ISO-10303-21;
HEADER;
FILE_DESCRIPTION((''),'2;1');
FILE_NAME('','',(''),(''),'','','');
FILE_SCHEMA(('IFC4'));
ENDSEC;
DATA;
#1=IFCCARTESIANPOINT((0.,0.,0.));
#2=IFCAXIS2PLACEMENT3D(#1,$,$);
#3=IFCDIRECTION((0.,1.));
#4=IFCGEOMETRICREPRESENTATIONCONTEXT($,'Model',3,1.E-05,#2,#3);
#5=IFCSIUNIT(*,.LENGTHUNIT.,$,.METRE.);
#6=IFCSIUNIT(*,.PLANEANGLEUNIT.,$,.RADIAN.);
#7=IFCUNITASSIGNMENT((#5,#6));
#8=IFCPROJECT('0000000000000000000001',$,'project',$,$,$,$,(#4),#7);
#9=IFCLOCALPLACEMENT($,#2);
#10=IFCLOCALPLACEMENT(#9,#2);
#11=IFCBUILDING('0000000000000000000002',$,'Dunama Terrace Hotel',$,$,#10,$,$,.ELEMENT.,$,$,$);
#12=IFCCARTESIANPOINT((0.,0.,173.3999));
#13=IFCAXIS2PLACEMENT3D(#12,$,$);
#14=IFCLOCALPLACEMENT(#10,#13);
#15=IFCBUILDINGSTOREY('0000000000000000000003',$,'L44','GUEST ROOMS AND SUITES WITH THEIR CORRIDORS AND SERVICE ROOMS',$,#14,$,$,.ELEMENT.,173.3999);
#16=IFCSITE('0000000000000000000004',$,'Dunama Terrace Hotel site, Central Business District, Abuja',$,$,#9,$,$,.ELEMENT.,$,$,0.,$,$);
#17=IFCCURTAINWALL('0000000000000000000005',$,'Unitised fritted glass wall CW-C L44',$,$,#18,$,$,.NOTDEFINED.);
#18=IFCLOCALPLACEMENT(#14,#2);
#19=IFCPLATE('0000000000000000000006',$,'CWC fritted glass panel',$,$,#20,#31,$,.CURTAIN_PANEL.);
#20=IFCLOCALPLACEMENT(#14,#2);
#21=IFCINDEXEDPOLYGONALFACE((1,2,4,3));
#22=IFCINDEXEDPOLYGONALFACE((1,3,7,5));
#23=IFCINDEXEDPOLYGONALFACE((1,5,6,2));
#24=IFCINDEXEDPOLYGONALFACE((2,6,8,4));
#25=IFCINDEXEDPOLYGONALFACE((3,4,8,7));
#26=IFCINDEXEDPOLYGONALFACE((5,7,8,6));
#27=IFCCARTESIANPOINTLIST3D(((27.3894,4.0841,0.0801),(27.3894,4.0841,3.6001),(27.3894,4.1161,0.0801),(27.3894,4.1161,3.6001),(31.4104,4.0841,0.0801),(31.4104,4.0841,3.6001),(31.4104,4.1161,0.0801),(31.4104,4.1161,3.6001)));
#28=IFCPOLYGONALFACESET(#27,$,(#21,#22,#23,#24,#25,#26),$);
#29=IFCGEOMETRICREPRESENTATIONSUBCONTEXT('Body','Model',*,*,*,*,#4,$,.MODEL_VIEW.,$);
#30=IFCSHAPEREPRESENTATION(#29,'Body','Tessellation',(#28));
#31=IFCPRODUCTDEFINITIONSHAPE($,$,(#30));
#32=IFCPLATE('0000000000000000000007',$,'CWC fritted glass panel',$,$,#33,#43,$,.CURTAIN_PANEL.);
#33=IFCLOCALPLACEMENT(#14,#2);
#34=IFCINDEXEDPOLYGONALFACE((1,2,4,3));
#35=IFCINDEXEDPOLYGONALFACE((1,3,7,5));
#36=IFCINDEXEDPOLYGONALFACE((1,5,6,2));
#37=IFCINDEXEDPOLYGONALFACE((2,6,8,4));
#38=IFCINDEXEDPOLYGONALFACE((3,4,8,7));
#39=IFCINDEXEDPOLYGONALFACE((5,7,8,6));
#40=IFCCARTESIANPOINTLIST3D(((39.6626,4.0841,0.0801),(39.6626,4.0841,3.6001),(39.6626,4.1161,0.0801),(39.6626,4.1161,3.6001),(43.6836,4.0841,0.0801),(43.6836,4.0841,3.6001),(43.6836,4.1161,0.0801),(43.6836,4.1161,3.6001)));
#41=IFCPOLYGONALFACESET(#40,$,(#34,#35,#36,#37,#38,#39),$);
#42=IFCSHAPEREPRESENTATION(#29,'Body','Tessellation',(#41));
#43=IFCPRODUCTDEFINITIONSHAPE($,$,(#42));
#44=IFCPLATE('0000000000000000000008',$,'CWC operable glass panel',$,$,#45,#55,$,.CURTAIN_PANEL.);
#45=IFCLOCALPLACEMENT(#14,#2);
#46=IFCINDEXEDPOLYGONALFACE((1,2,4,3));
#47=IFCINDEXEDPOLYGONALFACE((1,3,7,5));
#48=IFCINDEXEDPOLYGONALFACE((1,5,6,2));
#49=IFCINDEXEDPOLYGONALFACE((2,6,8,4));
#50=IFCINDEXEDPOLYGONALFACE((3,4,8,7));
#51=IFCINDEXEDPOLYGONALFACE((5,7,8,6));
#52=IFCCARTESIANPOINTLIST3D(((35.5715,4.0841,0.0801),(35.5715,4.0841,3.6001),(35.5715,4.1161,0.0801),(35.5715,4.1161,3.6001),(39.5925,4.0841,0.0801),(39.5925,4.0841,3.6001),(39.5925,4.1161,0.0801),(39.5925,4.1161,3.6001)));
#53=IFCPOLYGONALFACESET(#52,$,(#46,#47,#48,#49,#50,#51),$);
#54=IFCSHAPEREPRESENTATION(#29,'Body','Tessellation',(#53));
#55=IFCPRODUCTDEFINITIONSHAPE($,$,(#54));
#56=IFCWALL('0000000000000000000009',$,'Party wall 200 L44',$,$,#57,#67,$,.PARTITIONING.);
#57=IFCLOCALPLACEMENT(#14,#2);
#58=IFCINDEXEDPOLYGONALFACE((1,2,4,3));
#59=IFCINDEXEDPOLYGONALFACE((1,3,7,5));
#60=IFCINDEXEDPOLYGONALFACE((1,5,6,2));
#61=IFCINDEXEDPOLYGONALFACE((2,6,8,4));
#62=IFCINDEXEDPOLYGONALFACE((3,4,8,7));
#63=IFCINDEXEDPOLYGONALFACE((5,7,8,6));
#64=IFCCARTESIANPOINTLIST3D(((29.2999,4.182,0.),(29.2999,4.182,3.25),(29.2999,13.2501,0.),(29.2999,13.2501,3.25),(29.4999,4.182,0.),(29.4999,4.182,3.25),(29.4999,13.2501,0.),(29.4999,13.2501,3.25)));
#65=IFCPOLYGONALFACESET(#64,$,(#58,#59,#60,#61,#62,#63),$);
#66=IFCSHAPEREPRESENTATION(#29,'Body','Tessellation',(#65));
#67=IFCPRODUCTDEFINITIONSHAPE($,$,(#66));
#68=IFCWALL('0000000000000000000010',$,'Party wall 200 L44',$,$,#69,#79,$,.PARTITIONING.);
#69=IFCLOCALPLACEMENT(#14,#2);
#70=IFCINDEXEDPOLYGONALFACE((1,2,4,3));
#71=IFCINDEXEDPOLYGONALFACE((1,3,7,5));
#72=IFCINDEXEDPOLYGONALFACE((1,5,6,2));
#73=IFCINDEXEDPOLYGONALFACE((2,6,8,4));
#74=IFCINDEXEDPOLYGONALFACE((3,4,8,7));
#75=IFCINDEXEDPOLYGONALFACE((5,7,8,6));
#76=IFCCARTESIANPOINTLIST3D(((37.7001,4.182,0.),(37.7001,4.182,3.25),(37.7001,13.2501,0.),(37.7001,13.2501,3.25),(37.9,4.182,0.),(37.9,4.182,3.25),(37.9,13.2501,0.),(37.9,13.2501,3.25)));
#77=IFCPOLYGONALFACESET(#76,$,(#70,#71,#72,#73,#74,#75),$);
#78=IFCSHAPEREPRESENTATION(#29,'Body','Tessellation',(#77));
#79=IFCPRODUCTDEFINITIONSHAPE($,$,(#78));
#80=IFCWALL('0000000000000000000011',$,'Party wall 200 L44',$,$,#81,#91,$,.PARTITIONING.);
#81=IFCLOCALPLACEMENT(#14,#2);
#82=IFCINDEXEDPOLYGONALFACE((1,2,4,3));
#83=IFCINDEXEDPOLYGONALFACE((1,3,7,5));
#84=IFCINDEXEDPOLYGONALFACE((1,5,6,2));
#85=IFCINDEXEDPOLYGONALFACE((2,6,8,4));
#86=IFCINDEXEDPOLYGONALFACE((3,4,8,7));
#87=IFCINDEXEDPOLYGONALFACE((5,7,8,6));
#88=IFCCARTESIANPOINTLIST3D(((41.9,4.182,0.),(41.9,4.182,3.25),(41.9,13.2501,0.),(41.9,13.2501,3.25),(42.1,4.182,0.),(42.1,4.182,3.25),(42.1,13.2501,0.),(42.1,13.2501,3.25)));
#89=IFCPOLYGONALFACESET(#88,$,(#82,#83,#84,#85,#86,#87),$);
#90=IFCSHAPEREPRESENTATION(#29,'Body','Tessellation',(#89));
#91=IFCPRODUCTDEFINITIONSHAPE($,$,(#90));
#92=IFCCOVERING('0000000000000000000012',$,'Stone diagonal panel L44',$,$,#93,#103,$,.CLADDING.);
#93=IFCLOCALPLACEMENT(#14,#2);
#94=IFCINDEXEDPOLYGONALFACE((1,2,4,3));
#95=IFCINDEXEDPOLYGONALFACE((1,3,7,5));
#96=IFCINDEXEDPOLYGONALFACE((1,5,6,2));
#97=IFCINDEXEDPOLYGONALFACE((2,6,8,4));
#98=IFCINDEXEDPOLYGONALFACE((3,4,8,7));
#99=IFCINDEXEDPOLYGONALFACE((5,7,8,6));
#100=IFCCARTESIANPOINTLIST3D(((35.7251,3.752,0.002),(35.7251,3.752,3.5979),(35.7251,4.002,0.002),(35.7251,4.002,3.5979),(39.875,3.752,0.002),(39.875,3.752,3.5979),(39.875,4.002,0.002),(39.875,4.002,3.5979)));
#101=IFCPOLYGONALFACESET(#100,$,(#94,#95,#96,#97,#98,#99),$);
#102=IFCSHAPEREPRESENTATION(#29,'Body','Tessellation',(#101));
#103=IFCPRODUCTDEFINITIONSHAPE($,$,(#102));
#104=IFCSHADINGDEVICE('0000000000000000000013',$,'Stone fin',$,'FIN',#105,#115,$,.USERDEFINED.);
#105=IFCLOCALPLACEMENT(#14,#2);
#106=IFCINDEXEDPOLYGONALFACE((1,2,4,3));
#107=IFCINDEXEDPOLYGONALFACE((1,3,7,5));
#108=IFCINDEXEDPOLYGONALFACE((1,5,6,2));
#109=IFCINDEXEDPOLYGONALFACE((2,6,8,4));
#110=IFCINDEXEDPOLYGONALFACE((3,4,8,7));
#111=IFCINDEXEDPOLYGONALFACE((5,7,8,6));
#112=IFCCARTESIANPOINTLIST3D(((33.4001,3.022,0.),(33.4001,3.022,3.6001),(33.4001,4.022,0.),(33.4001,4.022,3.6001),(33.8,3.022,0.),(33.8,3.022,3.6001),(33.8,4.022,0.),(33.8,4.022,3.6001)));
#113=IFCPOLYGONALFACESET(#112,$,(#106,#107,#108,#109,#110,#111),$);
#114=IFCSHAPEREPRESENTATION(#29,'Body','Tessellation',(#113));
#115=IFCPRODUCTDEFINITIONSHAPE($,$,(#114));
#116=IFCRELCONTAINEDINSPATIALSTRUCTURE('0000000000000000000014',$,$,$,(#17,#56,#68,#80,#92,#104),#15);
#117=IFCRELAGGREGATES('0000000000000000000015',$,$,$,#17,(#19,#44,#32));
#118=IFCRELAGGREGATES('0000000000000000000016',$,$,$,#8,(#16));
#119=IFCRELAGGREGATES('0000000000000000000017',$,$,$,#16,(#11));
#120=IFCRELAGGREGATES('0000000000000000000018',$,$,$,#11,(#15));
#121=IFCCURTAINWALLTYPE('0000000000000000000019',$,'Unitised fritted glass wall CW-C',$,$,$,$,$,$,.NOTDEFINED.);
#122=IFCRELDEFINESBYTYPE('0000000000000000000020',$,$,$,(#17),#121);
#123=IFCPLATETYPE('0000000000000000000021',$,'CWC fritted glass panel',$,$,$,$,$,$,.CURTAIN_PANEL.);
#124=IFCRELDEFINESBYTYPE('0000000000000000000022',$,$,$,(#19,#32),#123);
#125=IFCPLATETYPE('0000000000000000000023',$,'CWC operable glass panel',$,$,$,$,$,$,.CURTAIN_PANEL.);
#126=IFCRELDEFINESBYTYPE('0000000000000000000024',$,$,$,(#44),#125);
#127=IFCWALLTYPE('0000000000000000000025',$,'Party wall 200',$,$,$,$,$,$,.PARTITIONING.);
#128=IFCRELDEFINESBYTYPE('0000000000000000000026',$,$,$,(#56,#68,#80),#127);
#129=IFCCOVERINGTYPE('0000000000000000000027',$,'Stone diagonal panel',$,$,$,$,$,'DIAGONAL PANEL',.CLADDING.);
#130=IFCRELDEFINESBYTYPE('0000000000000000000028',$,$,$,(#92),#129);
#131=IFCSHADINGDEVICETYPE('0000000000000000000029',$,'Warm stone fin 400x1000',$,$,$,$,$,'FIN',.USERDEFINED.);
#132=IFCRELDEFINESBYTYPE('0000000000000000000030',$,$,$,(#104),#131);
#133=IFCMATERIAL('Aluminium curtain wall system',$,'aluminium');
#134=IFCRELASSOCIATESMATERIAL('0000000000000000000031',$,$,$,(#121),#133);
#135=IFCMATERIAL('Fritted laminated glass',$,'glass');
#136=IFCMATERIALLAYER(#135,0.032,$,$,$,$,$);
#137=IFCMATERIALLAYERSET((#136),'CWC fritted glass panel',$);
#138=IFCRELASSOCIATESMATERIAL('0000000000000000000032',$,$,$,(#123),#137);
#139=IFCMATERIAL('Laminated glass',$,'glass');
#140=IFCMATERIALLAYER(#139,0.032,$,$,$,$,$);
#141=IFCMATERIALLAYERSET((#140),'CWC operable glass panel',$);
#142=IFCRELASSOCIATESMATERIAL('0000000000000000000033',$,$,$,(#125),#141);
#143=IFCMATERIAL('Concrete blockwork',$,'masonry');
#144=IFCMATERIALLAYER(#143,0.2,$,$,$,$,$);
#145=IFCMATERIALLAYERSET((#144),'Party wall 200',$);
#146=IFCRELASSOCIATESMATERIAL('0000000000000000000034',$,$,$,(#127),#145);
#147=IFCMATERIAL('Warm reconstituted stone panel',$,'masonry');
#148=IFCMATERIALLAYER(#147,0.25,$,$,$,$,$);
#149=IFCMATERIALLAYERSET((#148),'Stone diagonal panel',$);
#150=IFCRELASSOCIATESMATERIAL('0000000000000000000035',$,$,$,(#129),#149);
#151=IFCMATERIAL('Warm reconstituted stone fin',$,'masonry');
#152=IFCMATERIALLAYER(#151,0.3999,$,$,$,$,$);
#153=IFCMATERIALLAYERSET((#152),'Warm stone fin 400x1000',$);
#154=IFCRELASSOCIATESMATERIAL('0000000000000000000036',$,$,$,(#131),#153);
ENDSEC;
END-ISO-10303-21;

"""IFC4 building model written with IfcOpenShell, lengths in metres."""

from ifc_helpers import new_model, si_unit, direction, frame, frame_2d, origin, origin_2d, place, context, subcontext, project, spatial, rectangle, extrude, material, layer, layer_set, type_object, element, aggregate, save


model = new_model("IFC4")

# Units and contexts
model_context = context("Model", 3, precision=1e-05, world=origin(), true_north=direction((0.0, 1.0)))
body_context = subcontext(model_context, "Body", "Model", "MODEL_VIEW")
ifc_project = project(units=[si_unit("LENGTHUNIT", "METRE"), si_unit("PLANEANGLEUNIT", "RADIAN")], contexts=[model_context])

# Site, building, storey
site_placement = place(None, origin())
site = spatial("IfcSite", under=ifc_project, at=site_placement, Name="Dunama Terrace Hotel site, Central Business District, Abuja", CompositionType="ELEMENT", RefElevation=0.0)
building_placement = place(site_placement, origin())
building = spatial("IfcBuilding", under=site, at=building_placement, Name="Dunama Terrace Hotel", CompositionType="ELEMENT")
storey_placement = place(building_placement, frame((0.0, 0.0, 173.3999)))
storey = spatial("IfcBuildingStorey", under=building, at=storey_placement, Name="L44", Description="GUEST ROOMS AND SUITES WITH THEIR CORRIDORS AND SERVICE ROOMS", CompositionType="ELEMENT", Elevation=173.3999)

# Curtain wall
ifc_material_1 = material(Name="Aluminium curtain wall system", Category="aluminium")
curtain_wall_type = type_object("IfcCurtainWallType", Name="Unitised fritted glass wall CW-C", PredefinedType="NOTDEFINED", material=ifc_material_1)
curtain_wall_placement = place(storey_placement, origin())
curtain_wall = element("IfcCurtainWall", 1, at=curtain_wall_placement, inside=storey, type_object=curtain_wall_type, Name="Unitised fritted glass wall CW-C L44", PredefinedType="NOTDEFINED")

# Plates
ifc_material_2 = material(Name="Fritted laminated glass", Category="glass")
ifc_layer_1 = layer(ifc_material_2, 0.032)
ifc_layer_set_1 = layer_set([ifc_layer_1], Name="CWC fritted glass panel")
plate_type_1 = type_object("IfcPlateType", Name="CWC fritted glass panel", PredefinedType="CURTAIN_PANEL", material=ifc_layer_set_1)
plate_1_placement = place(storey_placement, frame((29.3999, 4.1001, 0.0801), z_axis=(0.0, 0.0, 1.0), x_axis=(1.0, 0.0, 0.0)))
plate_1 = element("IfcPlate", 2, at=plate_1_placement, type_object=plate_type_1, Name="CWC fritted glass panel", PredefinedType="CURTAIN_PANEL", context=body_context, shape_type="SweptSolid", body=[
    extrude(rectangle(XDim=4.021, YDim=0.032, at=origin_2d()), origin(), (0.0, 0.0, 1.0), 3.52),
])
plate_2_placement = place(storey_placement, frame((41.6731, 4.1001, 0.0801), z_axis=(0.0, 0.0, 1.0), x_axis=(1.0, 0.0, 0.0)))
plate_2 = element("IfcPlate", 3, at=plate_2_placement, type_object=plate_type_1, Name="CWC fritted glass panel", PredefinedType="CURTAIN_PANEL", context=body_context, shape_type="SweptSolid", body=[
    extrude(rectangle(XDim=4.021, YDim=0.032, at=origin_2d()), origin(), (0.0, 0.0, 1.0), 3.52),
])
ifc_material_3 = material(Name="Laminated glass", Category="glass")
ifc_layer_2 = layer(ifc_material_3, 0.032)
ifc_layer_set_2 = layer_set([ifc_layer_2], Name="CWC operable glass panel")
plate_type_2 = type_object("IfcPlateType", Name="CWC operable glass panel", PredefinedType="CURTAIN_PANEL", material=ifc_layer_set_2)
plate_3_placement = place(storey_placement, frame((37.582, 4.1001, 0.0801), z_axis=(0.0, 0.0, 1.0), x_axis=(1.0, 0.0, 0.0)))
plate_3 = element("IfcPlate", 4, at=plate_3_placement, type_object=plate_type_2, Name="CWC operable glass panel", PredefinedType="CURTAIN_PANEL", context=body_context, shape_type="SweptSolid", body=[
    extrude(rectangle(XDim=4.021, YDim=0.032, at=origin_2d()), origin(), (0.0, 0.0, 1.0), 3.52),
])
aggregate(curtain_wall, [plate_1, plate_3, plate_2])

# Walls
ifc_material_4 = material(Name="Concrete blockwork", Category="masonry")
ifc_layer_3 = layer(ifc_material_4, 0.2)
ifc_layer_set_3 = layer_set([ifc_layer_3], Name="Party wall 200")
wall_type = type_object("IfcWallType", Name="Party wall 200", PredefinedType="PARTITIONING", material=ifc_layer_set_3)
for number, where, z_axis, x_axis, name in (
    (5, (29.3999, 4.1819, 0.0), (0.0, 0.0, 1.0), (0.0, 1.0, 0.0), "Party wall 200 L44"),
    (6, (37.8, 4.1819, 0.0), (0.0, 0.0, 1.0), (0.0, 1.0, 0.0), "Party wall 200 L44"),
    (7, (42.0, 4.1819, 0.0), (0.0, 0.0, 1.0), (0.0, 1.0, 0.0), "Party wall 200 L44"),
):
    element("IfcWall", number, at=place(storey_placement, frame(where, z_axis=z_axis, x_axis=x_axis)), inside=storey, type_object=wall_type, Name=name, PredefinedType="PARTITIONING", context=body_context, shape_type="SweptSolid", body=[
        extrude(rectangle(XDim=9.0681, YDim=0.2, at=frame_2d((4.5342, 0.0))), origin(), (0.0, 0.0, 1.0), 3.25),
    ])

# Covering
ifc_material_5 = material(Name="Warm reconstituted stone panel", Category="masonry")
ifc_layer_4 = layer(ifc_material_5, 0.25)
ifc_layer_set_4 = layer_set([ifc_layer_4], Name="Stone diagonal panel")
covering_type = type_object("IfcCoveringType", Name="Stone diagonal panel", ElementType="DIAGONAL PANEL", PredefinedType="CLADDING", material=ifc_layer_set_4)
covering_placement = place(storey_placement, frame((37.8, 3.877, 0.002), z_axis=(0.0, 0.0, 1.0), x_axis=(1.0, 0.0, 0.0)))
element("IfcCovering", 8, at=covering_placement, inside=storey, type_object=covering_type, Name="Stone diagonal panel L44", PredefinedType="CLADDING", context=body_context, shape_type="SweptSolid", body=[
    extrude(rectangle(XDim=4.1499, YDim=0.25, at=origin_2d()), origin(), (0.0, 0.0, 1.0), 3.5959),
])

# Shading device
ifc_material_6 = material(Name="Warm reconstituted stone fin", Category="masonry")
ifc_layer_5 = layer(ifc_material_6, 0.3999)
ifc_layer_set_5 = layer_set([ifc_layer_5], Name="Warm stone fin 400x1000")
shading_device_type = type_object("IfcShadingDeviceType", Name="Warm stone fin 400x1000", ElementType="FIN", PredefinedType="USERDEFINED", material=ifc_layer_set_5)
shading_device_placement = place(storey_placement, frame((33.6001, 3.522, 0.0), z_axis=(0.0, 0.0, 1.0), x_axis=(1.0, 0.0, 0.0)))
element("IfcShadingDevice", 9, at=shading_device_placement, inside=storey, type_object=shading_device_type, Name="Stone fin", ObjectType="FIN", PredefinedType="USERDEFINED", context=body_context, shape_type="SweptSolid", body=[
    extrude(rectangle(XDim=0.3999, YDim=1.0, at=origin_2d()), origin(), (0.0, 0.0, 1.0), 3.6001),
])

save(model, "model.ifc")
